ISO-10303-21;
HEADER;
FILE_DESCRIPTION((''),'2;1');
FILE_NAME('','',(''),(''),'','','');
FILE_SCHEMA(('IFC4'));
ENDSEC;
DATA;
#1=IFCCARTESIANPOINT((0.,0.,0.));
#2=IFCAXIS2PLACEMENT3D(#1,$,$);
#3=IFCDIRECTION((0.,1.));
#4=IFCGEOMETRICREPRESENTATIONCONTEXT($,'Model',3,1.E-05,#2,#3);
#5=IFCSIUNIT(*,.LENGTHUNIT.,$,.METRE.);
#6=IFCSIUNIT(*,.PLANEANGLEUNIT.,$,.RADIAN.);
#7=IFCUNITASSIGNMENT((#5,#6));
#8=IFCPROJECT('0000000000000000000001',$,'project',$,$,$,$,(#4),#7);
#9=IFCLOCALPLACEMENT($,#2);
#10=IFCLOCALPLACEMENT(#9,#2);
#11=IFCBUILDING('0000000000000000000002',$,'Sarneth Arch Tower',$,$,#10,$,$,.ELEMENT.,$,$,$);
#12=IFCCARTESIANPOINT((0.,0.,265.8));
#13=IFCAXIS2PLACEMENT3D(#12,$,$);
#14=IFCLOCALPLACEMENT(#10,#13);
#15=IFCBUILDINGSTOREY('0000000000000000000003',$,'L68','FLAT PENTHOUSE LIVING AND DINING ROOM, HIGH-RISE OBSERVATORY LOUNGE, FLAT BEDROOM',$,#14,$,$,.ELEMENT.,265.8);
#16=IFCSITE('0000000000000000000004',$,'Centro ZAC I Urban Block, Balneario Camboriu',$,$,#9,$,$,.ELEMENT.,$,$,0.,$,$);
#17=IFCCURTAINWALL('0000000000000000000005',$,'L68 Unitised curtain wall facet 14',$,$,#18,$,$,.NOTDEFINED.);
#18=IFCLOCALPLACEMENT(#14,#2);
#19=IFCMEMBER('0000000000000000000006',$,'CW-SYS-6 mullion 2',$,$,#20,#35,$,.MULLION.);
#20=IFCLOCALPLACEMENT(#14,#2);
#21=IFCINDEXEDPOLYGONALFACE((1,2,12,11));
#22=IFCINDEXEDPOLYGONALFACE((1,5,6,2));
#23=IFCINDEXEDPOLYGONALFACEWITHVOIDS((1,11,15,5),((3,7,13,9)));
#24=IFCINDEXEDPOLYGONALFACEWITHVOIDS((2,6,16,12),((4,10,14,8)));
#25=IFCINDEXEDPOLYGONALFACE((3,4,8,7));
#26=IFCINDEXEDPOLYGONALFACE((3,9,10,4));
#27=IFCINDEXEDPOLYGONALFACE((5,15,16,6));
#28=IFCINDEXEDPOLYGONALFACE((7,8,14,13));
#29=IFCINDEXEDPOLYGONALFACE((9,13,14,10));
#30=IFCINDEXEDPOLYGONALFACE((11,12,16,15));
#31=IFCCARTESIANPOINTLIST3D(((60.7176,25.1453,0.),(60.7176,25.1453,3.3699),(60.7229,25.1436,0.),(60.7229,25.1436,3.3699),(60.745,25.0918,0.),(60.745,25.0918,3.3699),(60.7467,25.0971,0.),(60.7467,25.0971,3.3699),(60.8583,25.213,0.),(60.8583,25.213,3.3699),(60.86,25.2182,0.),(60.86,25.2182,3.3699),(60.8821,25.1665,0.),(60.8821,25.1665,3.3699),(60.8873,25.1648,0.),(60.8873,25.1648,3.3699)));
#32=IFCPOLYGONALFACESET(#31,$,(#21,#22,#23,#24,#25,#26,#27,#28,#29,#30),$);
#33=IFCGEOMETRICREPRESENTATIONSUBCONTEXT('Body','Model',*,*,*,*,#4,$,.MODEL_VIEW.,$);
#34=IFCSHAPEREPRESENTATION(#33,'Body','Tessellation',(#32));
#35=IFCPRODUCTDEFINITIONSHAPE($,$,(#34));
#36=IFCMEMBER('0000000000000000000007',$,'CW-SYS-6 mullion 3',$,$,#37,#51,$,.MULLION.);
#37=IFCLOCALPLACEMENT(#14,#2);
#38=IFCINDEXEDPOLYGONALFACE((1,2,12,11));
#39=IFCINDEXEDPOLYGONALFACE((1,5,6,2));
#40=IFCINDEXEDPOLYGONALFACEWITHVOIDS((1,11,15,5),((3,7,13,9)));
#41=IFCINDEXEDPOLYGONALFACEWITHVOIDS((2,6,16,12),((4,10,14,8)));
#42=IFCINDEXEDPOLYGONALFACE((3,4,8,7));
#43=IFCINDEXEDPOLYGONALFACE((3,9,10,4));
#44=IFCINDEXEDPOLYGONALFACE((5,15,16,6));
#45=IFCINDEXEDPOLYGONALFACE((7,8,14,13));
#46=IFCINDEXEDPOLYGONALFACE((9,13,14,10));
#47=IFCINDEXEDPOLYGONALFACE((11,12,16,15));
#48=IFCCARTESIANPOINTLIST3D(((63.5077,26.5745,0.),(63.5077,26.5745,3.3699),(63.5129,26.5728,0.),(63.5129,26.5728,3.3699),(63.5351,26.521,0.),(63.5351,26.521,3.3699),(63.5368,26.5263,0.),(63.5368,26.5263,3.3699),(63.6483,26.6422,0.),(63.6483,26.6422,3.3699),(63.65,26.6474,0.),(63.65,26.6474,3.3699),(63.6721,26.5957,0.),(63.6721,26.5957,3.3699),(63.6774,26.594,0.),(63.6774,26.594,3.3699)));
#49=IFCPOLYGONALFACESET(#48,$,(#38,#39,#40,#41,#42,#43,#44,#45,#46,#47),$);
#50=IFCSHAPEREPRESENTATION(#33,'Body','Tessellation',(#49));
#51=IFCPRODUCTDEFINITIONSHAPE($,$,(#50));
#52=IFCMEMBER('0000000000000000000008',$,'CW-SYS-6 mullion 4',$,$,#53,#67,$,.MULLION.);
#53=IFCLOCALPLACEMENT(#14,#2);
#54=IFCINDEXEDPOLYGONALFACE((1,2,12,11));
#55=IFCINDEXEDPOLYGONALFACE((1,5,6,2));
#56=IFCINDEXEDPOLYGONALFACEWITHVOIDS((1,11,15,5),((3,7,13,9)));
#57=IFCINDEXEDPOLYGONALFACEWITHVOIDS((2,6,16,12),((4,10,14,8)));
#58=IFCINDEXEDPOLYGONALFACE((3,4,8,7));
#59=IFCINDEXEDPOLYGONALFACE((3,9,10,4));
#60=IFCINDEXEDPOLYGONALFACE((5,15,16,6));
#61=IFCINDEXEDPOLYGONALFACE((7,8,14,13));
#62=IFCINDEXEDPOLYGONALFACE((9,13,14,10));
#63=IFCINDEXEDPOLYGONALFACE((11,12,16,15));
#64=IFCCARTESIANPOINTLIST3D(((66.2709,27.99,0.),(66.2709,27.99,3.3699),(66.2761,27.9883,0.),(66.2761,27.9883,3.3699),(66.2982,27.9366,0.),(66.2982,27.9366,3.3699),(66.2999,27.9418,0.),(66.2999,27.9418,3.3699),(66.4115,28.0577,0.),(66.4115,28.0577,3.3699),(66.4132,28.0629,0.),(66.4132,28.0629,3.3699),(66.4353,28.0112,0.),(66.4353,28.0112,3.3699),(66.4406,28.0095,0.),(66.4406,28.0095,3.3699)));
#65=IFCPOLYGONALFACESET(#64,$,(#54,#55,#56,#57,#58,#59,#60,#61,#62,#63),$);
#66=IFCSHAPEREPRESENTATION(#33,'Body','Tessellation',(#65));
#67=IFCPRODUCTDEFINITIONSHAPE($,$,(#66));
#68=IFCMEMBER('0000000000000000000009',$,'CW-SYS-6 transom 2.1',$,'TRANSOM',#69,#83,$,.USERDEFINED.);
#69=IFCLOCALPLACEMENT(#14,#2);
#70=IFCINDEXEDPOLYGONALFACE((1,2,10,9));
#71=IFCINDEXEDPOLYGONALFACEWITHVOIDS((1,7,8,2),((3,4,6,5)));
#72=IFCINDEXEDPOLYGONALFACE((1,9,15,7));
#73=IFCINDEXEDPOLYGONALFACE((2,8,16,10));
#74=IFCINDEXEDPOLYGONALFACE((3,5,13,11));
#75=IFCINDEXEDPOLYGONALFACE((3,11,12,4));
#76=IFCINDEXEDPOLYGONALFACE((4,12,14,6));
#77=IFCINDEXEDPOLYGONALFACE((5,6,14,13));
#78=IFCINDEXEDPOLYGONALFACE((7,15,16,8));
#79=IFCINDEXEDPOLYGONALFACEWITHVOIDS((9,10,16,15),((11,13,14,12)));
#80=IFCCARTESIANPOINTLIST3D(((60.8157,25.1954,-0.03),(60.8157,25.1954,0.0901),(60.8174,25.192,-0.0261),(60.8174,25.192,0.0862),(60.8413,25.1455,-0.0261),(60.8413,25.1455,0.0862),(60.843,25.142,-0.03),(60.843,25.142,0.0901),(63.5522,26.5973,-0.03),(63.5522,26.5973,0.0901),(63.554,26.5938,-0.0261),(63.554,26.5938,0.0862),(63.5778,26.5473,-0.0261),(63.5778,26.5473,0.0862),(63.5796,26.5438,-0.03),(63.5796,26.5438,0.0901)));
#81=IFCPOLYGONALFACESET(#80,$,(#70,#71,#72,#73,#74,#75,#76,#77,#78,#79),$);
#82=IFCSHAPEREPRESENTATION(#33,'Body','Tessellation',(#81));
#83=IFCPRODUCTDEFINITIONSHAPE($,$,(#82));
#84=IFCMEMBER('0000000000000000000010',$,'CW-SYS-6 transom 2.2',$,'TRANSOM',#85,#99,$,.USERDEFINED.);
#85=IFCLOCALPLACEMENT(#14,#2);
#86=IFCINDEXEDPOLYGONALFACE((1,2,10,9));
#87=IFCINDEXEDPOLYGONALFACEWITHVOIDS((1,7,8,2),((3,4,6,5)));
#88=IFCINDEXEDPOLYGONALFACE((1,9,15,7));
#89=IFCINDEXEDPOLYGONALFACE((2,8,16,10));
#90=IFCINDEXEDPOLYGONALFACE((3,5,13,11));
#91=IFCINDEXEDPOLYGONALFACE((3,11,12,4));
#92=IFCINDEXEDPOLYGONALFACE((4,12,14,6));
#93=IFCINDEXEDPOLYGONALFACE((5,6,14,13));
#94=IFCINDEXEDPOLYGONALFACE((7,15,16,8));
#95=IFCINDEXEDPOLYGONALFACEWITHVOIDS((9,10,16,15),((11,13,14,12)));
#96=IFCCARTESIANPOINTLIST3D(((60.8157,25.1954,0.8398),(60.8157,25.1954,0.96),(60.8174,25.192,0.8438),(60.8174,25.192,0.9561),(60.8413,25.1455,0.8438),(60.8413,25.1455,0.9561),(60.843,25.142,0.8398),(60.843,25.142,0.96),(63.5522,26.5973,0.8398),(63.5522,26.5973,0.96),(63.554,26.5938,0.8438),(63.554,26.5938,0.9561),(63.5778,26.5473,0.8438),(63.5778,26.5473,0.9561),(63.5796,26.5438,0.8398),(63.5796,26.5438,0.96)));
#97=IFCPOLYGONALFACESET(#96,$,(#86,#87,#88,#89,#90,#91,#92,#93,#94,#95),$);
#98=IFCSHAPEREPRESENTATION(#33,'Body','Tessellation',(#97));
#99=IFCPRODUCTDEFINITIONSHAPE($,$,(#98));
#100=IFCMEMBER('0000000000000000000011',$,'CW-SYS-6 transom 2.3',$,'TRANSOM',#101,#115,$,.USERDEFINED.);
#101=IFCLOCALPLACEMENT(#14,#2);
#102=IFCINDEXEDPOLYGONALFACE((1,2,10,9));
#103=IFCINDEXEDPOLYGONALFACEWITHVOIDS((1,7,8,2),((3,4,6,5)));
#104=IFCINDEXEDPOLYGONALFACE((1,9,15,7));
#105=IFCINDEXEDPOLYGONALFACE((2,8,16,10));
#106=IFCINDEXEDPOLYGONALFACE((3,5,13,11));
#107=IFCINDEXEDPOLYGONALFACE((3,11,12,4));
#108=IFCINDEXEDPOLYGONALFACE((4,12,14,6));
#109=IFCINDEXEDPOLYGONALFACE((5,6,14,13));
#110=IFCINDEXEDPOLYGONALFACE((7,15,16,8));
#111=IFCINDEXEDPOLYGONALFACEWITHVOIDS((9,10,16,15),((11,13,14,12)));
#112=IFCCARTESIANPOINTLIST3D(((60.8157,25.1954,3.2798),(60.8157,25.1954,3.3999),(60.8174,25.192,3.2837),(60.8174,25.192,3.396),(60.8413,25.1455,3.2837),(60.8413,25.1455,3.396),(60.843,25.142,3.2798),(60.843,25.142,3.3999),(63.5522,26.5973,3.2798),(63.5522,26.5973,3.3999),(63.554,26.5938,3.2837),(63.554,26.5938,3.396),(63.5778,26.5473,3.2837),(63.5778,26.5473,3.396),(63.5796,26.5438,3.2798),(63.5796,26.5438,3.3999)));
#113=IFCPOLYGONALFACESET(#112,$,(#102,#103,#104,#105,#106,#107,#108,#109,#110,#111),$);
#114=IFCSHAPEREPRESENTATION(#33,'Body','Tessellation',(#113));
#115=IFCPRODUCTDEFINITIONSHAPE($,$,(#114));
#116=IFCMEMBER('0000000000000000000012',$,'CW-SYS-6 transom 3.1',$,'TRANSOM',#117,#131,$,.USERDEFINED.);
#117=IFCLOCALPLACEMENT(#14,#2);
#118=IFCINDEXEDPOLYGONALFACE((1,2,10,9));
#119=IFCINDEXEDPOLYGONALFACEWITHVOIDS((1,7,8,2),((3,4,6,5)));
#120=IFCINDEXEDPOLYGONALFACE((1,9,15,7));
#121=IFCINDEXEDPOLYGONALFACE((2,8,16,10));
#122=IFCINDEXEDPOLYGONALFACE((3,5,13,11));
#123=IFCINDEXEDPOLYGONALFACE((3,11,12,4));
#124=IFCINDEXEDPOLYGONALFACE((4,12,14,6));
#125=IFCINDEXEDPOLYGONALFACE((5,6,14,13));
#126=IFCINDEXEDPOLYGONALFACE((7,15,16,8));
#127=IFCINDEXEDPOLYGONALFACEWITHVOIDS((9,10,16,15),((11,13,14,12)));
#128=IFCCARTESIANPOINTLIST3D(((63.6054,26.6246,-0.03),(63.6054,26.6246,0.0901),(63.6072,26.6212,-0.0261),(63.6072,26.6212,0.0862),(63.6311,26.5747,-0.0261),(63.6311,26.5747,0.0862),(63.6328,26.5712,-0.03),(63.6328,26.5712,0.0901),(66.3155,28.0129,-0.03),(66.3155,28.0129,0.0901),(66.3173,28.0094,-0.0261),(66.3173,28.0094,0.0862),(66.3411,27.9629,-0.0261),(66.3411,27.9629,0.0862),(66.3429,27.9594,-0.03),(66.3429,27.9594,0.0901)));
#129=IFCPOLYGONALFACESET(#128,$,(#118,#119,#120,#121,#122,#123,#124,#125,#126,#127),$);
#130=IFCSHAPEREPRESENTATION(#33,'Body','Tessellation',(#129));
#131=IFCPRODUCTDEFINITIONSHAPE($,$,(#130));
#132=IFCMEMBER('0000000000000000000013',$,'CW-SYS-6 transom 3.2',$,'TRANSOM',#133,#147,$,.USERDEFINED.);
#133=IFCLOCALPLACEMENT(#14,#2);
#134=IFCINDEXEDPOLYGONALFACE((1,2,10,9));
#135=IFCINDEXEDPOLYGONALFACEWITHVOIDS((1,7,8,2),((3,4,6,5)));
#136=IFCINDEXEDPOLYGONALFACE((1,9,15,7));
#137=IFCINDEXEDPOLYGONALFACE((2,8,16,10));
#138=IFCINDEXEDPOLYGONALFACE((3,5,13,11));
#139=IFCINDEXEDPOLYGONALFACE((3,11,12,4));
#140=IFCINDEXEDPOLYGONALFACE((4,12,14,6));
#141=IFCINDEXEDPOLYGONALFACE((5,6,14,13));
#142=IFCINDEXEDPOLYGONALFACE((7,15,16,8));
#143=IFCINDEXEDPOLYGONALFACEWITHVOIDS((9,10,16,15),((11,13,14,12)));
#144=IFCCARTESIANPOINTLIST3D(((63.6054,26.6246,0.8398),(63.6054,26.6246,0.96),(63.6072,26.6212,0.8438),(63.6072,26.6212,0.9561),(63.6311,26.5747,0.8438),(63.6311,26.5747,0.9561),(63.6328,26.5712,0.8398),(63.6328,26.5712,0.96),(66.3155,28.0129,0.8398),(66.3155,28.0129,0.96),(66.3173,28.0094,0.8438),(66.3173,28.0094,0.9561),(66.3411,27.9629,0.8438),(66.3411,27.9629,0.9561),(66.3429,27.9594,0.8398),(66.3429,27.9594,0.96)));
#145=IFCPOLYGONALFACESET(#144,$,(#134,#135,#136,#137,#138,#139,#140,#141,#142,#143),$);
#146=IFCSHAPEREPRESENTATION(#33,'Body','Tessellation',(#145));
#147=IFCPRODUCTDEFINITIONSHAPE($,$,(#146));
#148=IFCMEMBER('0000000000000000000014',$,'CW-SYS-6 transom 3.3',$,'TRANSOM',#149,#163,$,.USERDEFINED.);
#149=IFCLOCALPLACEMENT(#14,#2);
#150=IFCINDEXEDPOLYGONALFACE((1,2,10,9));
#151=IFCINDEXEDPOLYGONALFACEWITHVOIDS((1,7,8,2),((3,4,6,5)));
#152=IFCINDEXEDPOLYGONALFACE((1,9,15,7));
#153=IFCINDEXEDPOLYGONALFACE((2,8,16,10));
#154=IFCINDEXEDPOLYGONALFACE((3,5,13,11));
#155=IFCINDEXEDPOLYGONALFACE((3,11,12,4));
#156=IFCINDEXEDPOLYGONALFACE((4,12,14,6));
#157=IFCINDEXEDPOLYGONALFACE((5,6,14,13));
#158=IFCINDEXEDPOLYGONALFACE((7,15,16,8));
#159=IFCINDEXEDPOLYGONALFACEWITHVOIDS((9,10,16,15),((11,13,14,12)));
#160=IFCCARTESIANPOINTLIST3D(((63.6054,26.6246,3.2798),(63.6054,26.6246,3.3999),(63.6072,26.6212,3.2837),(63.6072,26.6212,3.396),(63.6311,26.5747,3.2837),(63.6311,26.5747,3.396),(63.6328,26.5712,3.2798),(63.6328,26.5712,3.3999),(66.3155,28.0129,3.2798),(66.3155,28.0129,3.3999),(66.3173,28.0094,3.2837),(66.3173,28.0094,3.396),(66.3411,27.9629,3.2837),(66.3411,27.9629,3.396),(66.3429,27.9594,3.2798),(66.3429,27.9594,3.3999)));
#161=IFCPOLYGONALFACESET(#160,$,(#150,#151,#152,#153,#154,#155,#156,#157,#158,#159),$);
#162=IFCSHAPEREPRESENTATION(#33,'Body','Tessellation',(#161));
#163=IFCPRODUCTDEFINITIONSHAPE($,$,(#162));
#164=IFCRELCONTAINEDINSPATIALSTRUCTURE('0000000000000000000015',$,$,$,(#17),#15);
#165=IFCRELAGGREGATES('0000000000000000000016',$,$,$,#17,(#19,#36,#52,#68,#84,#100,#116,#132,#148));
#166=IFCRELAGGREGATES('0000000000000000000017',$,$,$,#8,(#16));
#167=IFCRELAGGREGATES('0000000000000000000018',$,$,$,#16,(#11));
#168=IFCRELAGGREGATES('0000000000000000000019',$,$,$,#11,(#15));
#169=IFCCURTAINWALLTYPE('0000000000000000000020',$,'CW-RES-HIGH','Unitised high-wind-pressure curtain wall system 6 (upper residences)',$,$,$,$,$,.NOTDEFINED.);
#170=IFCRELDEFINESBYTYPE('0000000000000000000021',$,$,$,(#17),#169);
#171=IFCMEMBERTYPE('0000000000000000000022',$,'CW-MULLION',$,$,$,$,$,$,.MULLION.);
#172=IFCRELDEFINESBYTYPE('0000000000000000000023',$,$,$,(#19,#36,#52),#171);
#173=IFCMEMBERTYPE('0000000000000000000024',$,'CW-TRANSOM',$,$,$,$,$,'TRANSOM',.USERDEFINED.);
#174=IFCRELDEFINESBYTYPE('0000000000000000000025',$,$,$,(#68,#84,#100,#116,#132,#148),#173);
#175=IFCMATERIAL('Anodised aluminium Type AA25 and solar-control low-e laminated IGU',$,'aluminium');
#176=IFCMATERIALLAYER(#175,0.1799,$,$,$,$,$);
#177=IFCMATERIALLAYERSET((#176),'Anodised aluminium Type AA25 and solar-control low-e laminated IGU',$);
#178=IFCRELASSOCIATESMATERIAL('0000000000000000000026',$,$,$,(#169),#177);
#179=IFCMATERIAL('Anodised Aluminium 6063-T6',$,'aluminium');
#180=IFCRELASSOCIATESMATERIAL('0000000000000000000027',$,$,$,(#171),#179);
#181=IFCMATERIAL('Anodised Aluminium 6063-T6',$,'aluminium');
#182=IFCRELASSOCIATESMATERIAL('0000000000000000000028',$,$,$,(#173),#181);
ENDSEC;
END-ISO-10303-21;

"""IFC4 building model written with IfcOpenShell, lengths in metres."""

from ifc_helpers import new_model, si_unit, direction, frame, origin, origin_2d, place, context, subcontext, project, spatial, hollow_rectangle, extrude, material, layer, layer_set, material_profile, profile_set, type_object, element, aggregate, save


model = new_model("IFC4")

# Units and contexts
model_context = context("Model", 3, precision=1e-05, world=origin(), true_north=direction((0.0, 1.0)))
body_context = subcontext(model_context, "Body", "Model", "MODEL_VIEW")
ifc_project = project(units=[si_unit("LENGTHUNIT", "METRE"), si_unit("PLANEANGLEUNIT", "RADIAN")], contexts=[model_context])

# Site, building, storey
site_placement = place(None, origin())
site = spatial("IfcSite", under=ifc_project, at=site_placement, Name="Centro ZAC I Urban Block, Balneario Camboriu", CompositionType="ELEMENT", RefElevation=0.0)
building_placement = place(site_placement, origin())
building = spatial("IfcBuilding", under=site, at=building_placement, Name="Sarneth Arch Tower", CompositionType="ELEMENT")
storey_placement = place(building_placement, frame((0.0, 0.0, 265.8)))
storey = spatial("IfcBuildingStorey", under=building, at=storey_placement, Name="L68", Description="FLAT PENTHOUSE LIVING AND DINING ROOM, HIGH-RISE OBSERVATORY LOUNGE, FLAT BEDROOM", CompositionType="ELEMENT", Elevation=265.8)

# Curtain wall, members
ifc_material_1 = material(Name="Anodised aluminium Type AA25 and solar-control low-e laminated IGU", Category="aluminium")
ifc_layer_1 = layer(ifc_material_1, 0.1799)
ifc_layer_set_1 = layer_set([ifc_layer_1], Name="Anodised aluminium Type AA25 and solar-control low-e laminated IGU")
curtain_wall_type = type_object("IfcCurtainWallType", Name="CW-RES-HIGH", Description="Unitised high-wind-pressure curtain wall system 6 (upper residences)", PredefinedType="NOTDEFINED", material=ifc_layer_set_1)
curtain_wall_placement = place(storey_placement, origin())
curtain_wall = element("IfcCurtainWall", 1, at=curtain_wall_placement, inside=storey, type_object=curtain_wall_type, Name="L68 Unitised curtain wall facet 14", PredefinedType="NOTDEFINED")
ifc_material_2 = material(Name="Anodised Aluminium 6063-T6", Category="aluminium")
ifc_material_profile_1 = material_profile(ifc_material_2, hollow_rectangle(XDim=0.0601, YDim=0.1599, WallThickness=0.0039, at=origin_2d()), Name="AL-MULL-160x60x4")
ifc_profile_set_1 = profile_set([ifc_material_profile_1], Name="Anodised Aluminium 6063-T6")
member_type_1 = type_object("IfcMemberType", Name="CW-MULLION", PredefinedType="MULLION", material=ifc_profile_set_1)
member_1_placement = place(storey_placement, frame((60.8025, 25.155, 0.0), z_axis=(0.0, 0.0, 1.0), x_axis=(-0.455942, 0.89001, 0.0)))
member_1 = element("IfcMember", 2, at=member_1_placement, type_object=member_type_1, Name="CW-SYS-6 mullion 2", PredefinedType="MULLION", context=body_context, shape_type="SweptSolid", body=[
    extrude(hollow_rectangle(XDim=0.0601, YDim=0.1599, WallThickness=0.0039, at=origin_2d()), origin(), (0.0, 0.0, 1.0), 3.3699),
])
member_2_placement = place(storey_placement, frame((63.5925, 26.5842, 0.0), z_axis=(0.0, 0.0, 1.0), x_axis=(-0.455942, 0.89001, 0.0)))
member_2 = element("IfcMember", 3, at=member_2_placement, type_object=member_type_1, Name="CW-SYS-6 mullion 3", PredefinedType="MULLION", context=body_context, shape_type="SweptSolid", body=[
    extrude(hollow_rectangle(XDim=0.0601, YDim=0.1599, WallThickness=0.0039, at=origin_2d()), origin(), (0.0, 0.0, 1.0), 3.3699),
])
member_3_placement = place(storey_placement, frame((66.3557, 27.9998, 0.0), z_axis=(0.0, 0.0, 1.0), x_axis=(-0.455942, 0.89001, 0.0)))
member_3 = element("IfcMember", 4, at=member_3_placement, type_object=member_type_1, Name="CW-SYS-6 mullion 4", PredefinedType="MULLION", context=body_context, shape_type="SweptSolid", body=[
    extrude(hollow_rectangle(XDim=0.0601, YDim=0.1599, WallThickness=0.0039, at=origin_2d()), origin(), (0.0, 0.0, 1.0), 3.3699),
])
ifc_material_3 = material(Name="Anodised Aluminium 6063-T6", Category="aluminium")
ifc_material_profile_2 = material_profile(ifc_material_3, hollow_rectangle(XDim=0.0601, YDim=0.1201, WallThickness=0.0039, at=origin_2d()), Name="AL-TRAN-120x60x4")
ifc_profile_set_2 = profile_set([ifc_material_profile_2], Name="Anodised Aluminium 6063-T6")
member_type_2 = type_object("IfcMemberType", Name="CW-TRANSOM", ElementType="TRANSOM", PredefinedType="USERDEFINED", material=ifc_profile_set_2)
member_4_placement = place(storey_placement, frame((60.8293, 25.1687, 0.03), z_axis=(0.890017, 0.455926, 0.0), x_axis=(-0.455926, 0.890017, 0.0)))
member_4 = element("IfcMember", 5, at=member_4_placement, type_object=member_type_2, Name="CW-SYS-6 transom 2.1", ObjectType="TRANSOM", PredefinedType="USERDEFINED", context=body_context, shape_type="SweptSolid", body=[
    extrude(hollow_rectangle(XDim=0.0601, YDim=0.1201, WallThickness=0.0039, at=origin_2d()), origin(), (0.0, 0.0, 1.0), 3.0747),
])
member_5_placement = place(storey_placement, frame((60.8293, 25.1687, 0.8999), z_axis=(0.890017, 0.455926, 0.0), x_axis=(-0.455926, 0.890017, 0.0)))
member_5 = element("IfcMember", 6, at=member_5_placement, type_object=member_type_2, Name="CW-SYS-6 transom 2.2", ObjectType="TRANSOM", PredefinedType="USERDEFINED", context=body_context, shape_type="SweptSolid", body=[
    extrude(hollow_rectangle(XDim=0.0601, YDim=0.1201, WallThickness=0.0039, at=origin_2d()), origin(), (0.0, 0.0, 1.0), 3.0747),
])
member_6_placement = place(storey_placement, frame((60.8293, 25.1687, 3.3398), z_axis=(0.890017, 0.455926, 0.0), x_axis=(-0.455926, 0.890017, 0.0)))
member_6 = element("IfcMember", 7, at=member_6_placement, type_object=member_type_2, Name="CW-SYS-6 transom 2.3", ObjectType="TRANSOM", PredefinedType="USERDEFINED", context=body_context, shape_type="SweptSolid", body=[
    extrude(hollow_rectangle(XDim=0.0601, YDim=0.1201, WallThickness=0.0039, at=origin_2d()), origin(), (0.0, 0.0, 1.0), 3.0747),
])
member_7_placement = place(storey_placement, frame((63.6191, 26.5979, 0.03), z_axis=(0.890023, 0.455916, 0.0), x_axis=(-0.455916, 0.890023, 0.0)))
member_7 = element("IfcMember", 8, at=member_7_placement, type_object=member_type_2, Name="CW-SYS-6 transom 3.1", ObjectType="TRANSOM", PredefinedType="USERDEFINED", context=body_context, shape_type="SweptSolid", body=[
    extrude(hollow_rectangle(XDim=0.0601, YDim=0.1201, WallThickness=0.0039, at=origin_2d()), origin(), (0.0, 0.0, 1.0), 3.0449),
])
member_8_placement = place(storey_placement, frame((63.6191, 26.5979, 0.8999), z_axis=(0.890023, 0.455916, 0.0), x_axis=(-0.455916, 0.890023, 0.0)))
member_8 = element("IfcMember", 9, at=member_8_placement, type_object=member_type_2, Name="CW-SYS-6 transom 3.2", ObjectType="TRANSOM", PredefinedType="USERDEFINED", context=body_context, shape_type="SweptSolid", body=[
    extrude(hollow_rectangle(XDim=0.0601, YDim=0.1201, WallThickness=0.0039, at=origin_2d()), origin(), (0.0, 0.0, 1.0), 3.0449),
])
member_9_placement = place(storey_placement, frame((63.6191, 26.5979, 3.3398), z_axis=(0.890023, 0.455916, 0.0), x_axis=(-0.455916, 0.890023, 0.0)))
member_9 = element("IfcMember", 10, at=member_9_placement, type_object=member_type_2, Name="CW-SYS-6 transom 3.3", ObjectType="TRANSOM", PredefinedType="USERDEFINED", context=body_context, shape_type="SweptSolid", body=[
    extrude(hollow_rectangle(XDim=0.0601, YDim=0.1201, WallThickness=0.0039, at=origin_2d()), origin(), (0.0, 0.0, 1.0), 3.0449),
])

aggregate(curtain_wall, [member_1, member_2, member_3, member_4, member_5, member_6, member_7, member_8, member_9])

save(model, "model.ifc")
